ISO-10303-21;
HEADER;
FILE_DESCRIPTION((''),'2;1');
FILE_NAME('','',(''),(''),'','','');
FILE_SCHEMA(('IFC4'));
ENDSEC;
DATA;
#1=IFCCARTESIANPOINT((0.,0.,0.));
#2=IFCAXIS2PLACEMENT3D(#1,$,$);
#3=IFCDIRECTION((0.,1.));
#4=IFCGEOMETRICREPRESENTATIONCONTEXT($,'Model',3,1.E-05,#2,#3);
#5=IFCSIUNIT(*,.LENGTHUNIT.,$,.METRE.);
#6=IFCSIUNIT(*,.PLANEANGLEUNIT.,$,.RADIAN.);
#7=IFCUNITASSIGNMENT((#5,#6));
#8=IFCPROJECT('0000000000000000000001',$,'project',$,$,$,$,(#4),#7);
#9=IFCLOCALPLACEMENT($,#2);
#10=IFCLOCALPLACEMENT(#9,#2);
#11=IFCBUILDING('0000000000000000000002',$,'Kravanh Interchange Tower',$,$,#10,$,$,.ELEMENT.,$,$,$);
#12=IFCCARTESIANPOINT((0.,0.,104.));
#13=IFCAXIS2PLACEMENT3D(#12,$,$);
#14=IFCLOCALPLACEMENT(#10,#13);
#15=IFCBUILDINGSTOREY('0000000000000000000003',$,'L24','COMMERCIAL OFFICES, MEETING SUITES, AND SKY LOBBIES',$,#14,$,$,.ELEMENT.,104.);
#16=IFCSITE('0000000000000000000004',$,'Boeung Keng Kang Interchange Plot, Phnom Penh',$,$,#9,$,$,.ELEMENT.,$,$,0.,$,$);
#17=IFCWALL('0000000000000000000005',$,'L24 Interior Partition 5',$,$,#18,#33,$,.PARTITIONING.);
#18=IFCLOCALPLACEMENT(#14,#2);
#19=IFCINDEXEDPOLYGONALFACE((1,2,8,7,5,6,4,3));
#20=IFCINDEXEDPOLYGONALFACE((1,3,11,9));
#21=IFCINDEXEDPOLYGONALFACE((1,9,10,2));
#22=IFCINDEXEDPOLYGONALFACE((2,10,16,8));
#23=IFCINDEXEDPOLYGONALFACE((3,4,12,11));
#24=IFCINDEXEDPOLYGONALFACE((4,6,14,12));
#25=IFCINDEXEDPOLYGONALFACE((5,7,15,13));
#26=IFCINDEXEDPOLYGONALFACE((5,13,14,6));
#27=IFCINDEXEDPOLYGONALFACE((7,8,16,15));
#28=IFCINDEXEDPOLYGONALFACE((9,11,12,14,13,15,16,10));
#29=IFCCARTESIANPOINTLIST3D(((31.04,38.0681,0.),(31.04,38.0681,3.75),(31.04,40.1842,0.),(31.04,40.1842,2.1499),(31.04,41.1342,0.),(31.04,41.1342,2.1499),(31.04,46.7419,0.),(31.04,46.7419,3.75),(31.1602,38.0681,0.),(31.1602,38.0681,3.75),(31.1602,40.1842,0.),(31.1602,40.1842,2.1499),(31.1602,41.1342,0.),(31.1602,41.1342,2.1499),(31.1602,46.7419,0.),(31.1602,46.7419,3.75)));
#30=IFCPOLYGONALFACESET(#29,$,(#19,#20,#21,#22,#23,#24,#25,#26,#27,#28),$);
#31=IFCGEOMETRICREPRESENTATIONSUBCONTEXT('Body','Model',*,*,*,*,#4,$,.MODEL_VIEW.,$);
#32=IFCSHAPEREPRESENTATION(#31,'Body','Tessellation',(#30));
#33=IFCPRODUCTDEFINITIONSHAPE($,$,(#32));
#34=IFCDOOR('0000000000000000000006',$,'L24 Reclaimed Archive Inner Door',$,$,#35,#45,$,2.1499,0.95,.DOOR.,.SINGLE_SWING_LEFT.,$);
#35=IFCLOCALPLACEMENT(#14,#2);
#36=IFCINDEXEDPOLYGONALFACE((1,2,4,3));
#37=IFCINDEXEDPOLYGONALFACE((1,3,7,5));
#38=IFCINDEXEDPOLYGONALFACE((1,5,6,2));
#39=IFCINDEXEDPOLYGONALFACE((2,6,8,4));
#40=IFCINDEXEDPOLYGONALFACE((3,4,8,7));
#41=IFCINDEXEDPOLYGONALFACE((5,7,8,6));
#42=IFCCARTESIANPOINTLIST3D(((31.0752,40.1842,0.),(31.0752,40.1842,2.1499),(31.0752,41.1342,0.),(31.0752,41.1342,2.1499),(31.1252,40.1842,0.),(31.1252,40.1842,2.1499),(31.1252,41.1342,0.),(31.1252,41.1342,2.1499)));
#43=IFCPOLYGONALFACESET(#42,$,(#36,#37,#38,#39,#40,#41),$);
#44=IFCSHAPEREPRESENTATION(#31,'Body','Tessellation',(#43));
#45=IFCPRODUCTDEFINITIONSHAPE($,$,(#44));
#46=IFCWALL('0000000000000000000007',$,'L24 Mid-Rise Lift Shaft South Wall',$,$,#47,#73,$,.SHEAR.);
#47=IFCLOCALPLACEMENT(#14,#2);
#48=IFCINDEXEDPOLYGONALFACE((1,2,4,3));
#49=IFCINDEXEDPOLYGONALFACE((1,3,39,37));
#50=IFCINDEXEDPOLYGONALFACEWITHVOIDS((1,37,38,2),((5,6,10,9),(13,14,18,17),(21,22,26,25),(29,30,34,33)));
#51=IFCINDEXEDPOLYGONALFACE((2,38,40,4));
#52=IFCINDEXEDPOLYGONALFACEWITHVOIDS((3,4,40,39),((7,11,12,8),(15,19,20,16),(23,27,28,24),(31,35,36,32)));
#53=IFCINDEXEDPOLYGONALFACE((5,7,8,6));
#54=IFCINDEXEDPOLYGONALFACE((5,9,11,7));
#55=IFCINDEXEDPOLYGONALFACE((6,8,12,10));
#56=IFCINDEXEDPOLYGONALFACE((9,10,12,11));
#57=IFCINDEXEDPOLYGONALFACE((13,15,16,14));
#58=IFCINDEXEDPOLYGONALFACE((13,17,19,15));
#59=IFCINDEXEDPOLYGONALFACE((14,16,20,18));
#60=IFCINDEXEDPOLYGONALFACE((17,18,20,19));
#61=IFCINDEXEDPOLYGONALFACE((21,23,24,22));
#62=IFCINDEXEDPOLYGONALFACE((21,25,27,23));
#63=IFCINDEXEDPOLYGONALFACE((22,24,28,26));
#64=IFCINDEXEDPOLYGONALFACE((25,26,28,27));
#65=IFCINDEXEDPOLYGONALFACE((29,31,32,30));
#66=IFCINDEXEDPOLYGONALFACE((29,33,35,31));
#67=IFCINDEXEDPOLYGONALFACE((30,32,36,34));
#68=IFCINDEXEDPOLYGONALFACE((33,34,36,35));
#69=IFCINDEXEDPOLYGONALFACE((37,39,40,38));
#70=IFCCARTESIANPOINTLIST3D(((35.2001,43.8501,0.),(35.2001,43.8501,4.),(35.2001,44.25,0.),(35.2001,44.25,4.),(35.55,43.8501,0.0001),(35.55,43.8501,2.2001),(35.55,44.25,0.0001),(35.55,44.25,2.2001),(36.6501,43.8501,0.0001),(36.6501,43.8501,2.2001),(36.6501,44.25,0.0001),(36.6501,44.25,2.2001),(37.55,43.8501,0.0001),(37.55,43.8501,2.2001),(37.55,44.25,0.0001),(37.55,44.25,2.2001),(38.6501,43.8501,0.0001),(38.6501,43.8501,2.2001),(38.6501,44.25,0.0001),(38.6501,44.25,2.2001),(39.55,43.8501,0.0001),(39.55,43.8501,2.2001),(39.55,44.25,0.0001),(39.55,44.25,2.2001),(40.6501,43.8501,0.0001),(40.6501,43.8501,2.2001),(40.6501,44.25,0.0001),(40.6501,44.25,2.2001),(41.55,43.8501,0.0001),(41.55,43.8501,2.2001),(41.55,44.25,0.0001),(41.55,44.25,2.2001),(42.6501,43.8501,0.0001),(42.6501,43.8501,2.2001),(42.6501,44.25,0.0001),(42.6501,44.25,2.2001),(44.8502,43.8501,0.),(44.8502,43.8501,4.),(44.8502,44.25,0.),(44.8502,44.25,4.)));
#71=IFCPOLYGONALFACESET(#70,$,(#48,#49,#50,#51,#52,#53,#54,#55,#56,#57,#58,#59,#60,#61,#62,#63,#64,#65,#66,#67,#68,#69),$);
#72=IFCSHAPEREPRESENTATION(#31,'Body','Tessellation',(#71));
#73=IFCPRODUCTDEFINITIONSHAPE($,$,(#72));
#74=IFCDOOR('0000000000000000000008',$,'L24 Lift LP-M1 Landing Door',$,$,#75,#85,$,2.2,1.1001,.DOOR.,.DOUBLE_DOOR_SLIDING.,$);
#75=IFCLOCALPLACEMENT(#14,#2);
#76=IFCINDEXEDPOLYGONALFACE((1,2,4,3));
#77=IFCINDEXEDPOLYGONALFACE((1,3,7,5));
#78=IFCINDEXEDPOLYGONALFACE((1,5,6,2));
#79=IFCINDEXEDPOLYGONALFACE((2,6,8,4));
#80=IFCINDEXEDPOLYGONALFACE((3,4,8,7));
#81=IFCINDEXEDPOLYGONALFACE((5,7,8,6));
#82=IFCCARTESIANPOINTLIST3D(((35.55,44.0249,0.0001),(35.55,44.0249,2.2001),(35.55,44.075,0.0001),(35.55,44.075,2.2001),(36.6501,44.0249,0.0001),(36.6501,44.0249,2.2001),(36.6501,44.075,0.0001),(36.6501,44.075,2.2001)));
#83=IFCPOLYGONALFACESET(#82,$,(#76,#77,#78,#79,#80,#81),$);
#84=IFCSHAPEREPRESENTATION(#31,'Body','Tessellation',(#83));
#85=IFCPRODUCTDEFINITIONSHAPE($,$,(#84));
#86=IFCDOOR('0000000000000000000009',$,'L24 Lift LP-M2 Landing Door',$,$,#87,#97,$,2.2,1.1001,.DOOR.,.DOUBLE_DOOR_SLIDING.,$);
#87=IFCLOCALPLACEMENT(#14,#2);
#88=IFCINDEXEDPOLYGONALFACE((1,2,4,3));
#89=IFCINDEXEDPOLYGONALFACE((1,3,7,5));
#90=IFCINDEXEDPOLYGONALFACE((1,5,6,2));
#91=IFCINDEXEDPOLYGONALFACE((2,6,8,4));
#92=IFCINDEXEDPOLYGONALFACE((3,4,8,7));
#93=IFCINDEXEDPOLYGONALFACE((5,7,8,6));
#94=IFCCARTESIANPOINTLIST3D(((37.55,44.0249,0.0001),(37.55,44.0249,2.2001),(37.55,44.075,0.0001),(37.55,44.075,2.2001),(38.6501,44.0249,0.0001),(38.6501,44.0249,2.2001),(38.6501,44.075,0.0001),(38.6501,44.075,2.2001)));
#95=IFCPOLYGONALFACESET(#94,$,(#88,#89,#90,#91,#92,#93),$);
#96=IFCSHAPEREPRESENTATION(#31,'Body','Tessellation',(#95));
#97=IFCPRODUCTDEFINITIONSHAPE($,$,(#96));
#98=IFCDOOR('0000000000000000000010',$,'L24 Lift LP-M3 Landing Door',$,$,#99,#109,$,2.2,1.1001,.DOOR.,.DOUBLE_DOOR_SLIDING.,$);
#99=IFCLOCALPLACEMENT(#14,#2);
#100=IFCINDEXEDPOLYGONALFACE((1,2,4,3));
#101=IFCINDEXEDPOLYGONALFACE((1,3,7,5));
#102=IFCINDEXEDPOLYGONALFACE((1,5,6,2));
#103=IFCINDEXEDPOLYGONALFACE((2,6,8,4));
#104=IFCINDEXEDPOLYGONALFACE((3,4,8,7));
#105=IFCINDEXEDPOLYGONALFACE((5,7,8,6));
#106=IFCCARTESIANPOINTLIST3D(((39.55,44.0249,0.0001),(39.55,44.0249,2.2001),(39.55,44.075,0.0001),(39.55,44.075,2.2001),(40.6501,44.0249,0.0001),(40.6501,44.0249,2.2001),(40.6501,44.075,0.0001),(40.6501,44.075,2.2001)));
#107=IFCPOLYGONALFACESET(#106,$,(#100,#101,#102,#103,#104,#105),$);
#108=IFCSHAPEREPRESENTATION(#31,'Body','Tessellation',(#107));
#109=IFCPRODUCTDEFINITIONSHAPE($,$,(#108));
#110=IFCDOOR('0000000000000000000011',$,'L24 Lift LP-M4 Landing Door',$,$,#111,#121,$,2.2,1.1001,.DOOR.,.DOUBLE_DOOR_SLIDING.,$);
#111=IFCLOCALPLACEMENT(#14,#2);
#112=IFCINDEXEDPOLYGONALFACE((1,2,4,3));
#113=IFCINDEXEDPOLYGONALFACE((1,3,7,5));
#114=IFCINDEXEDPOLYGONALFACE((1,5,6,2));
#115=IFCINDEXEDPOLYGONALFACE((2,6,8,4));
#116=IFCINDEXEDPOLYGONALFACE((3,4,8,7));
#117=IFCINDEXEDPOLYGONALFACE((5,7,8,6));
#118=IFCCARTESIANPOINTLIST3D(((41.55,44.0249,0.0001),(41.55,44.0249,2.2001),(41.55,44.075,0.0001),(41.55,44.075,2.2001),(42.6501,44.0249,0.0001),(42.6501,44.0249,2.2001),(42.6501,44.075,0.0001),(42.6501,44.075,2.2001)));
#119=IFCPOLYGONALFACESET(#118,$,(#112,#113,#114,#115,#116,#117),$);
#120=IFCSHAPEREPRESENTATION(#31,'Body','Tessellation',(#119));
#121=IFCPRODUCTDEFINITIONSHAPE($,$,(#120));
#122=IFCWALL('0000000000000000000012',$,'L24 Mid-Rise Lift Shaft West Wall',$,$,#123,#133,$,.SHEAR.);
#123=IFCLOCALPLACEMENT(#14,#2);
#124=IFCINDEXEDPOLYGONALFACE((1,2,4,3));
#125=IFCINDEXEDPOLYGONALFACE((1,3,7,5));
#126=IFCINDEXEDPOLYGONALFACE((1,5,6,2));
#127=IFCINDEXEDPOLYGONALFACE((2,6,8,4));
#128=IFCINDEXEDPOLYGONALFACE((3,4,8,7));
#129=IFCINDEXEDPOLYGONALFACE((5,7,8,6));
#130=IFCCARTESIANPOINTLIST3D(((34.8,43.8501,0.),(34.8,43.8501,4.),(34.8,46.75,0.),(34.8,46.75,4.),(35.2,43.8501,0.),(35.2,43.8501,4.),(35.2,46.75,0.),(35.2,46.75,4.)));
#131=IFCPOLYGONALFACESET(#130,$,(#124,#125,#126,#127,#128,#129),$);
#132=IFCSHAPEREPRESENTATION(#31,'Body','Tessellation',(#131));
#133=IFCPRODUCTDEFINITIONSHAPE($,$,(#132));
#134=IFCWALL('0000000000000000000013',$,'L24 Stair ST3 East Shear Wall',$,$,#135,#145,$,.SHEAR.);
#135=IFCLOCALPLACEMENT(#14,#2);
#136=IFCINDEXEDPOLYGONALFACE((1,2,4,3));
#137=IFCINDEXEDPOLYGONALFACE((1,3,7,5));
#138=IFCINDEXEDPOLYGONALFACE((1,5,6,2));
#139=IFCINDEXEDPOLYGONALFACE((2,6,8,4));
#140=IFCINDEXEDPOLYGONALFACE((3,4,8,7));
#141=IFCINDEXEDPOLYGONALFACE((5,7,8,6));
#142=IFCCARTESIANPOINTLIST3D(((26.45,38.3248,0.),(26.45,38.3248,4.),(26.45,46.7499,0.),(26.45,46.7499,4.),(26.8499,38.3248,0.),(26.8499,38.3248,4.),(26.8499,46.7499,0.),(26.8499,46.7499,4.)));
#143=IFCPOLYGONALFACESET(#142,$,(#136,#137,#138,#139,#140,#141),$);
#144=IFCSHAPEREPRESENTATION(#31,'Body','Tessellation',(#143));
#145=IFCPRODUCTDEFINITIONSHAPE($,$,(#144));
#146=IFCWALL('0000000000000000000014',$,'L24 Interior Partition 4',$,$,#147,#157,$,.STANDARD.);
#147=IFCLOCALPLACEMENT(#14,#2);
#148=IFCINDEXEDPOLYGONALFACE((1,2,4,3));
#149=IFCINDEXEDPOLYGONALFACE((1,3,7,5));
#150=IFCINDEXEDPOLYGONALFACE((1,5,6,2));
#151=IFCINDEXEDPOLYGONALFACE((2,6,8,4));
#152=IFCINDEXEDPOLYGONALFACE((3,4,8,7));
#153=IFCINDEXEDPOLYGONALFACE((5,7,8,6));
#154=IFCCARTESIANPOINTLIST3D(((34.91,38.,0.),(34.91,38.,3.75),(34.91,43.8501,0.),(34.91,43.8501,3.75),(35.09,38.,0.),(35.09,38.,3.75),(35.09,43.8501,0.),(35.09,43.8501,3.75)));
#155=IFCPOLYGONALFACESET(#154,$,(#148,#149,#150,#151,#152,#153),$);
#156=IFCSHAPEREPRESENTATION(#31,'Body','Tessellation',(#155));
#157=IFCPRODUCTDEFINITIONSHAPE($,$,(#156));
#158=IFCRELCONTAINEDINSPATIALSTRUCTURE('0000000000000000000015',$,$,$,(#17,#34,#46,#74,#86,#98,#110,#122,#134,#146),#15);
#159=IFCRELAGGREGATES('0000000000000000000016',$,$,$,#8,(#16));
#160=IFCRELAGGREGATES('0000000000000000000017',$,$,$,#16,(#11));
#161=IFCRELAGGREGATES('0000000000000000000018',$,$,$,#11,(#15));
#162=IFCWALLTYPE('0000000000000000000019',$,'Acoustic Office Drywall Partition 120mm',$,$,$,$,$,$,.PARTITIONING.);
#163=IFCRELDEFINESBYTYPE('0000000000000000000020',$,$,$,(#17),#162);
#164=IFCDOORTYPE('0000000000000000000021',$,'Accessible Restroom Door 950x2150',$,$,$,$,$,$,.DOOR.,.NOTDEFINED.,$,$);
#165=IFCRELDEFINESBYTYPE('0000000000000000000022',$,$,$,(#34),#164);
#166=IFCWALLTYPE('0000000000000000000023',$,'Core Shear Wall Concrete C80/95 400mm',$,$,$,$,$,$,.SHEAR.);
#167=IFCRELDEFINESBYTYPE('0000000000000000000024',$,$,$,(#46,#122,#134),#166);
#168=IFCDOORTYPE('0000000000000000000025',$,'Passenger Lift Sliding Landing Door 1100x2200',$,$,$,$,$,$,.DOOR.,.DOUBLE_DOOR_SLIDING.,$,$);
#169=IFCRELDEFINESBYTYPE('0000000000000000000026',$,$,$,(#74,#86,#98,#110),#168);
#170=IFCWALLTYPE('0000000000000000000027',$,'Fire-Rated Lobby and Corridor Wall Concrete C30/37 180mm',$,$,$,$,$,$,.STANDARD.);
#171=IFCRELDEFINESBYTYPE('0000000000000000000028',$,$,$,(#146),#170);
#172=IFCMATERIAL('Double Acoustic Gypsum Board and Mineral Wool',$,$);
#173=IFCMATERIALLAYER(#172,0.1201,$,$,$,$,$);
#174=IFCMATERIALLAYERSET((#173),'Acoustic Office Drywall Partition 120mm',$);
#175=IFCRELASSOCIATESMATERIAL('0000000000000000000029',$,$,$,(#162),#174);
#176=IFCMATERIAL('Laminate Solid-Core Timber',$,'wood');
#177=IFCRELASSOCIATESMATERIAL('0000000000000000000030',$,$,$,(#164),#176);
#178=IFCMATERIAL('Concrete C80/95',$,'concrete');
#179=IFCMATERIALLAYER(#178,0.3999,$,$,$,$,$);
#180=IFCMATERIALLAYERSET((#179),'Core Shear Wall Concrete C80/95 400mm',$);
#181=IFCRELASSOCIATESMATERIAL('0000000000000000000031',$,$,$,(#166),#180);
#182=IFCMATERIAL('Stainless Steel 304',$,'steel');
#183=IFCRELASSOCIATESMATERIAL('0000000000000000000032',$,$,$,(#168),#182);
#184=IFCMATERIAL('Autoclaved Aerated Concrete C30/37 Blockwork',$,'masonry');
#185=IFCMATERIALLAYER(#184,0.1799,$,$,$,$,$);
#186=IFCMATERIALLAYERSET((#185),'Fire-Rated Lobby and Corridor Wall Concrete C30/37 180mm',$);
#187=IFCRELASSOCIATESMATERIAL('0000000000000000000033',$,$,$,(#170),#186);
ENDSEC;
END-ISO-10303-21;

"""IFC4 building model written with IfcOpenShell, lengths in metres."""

from ifc_helpers import new_model, si_unit, direction, frame, frame_2d, origin, place, context, subcontext, project, spatial, rectangle, extrude, material, layer, layer_set, type_object, element, fill, save


model = new_model("IFC4")

# Units and contexts
model_context = context("Model", 3, precision=1e-05, world=origin(), true_north=direction((0.0, 1.0)))
body_context = subcontext(model_context, "Body", "Model", "MODEL_VIEW")
ifc_project = project(units=[si_unit("LENGTHUNIT", "METRE"), si_unit("PLANEANGLEUNIT", "RADIAN")], contexts=[model_context])

# Site, building, storey
site_placement = place(None, origin())
site = spatial("IfcSite", under=ifc_project, at=site_placement, Name="Boeung Keng Kang Interchange Plot, Phnom Penh", CompositionType="ELEMENT", RefElevation=0.0)
building_placement = place(site_placement, origin())
building = spatial("IfcBuilding", under=site, at=building_placement, Name="Kravanh Interchange Tower", CompositionType="ELEMENT")
storey_placement = place(building_placement, frame((0.0, 0.0, 104.0)))
storey = spatial("IfcBuildingStorey", under=building, at=storey_placement, Name="L24", Description="COMMERCIAL OFFICES, MEETING SUITES, AND SKY LOBBIES", CompositionType="ELEMENT", Elevation=104.0)

# Wall, opening, door
ifc_material_1 = material(Name="Double Acoustic Gypsum Board and Mineral Wool")
ifc_layer_1 = layer(ifc_material_1, 0.1201)
ifc_layer_set_1 = layer_set([ifc_layer_1], Name="Acoustic Office Drywall Partition 120mm")
wall_type_1 = type_object("IfcWallType", Name="Acoustic Office Drywall Partition 120mm", PredefinedType="PARTITIONING", material=ifc_layer_set_1)
wall_1_placement = place(storey_placement, frame((31.1001, 38.0681, 0.0), z_axis=(0.0, 0.0, 1.0), x_axis=(0.0, 1.0, 0.0)))
wall_1 = element("IfcWall", 1, at=wall_1_placement, inside=storey, type_object=wall_type_1, Name="L24 Interior Partition 5", PredefinedType="PARTITIONING", context=body_context, shape_type="SweptSolid", body=[
    extrude(rectangle(XDim=8.6738, YDim=0.1201, at=frame_2d((4.3369, 0.0))), origin(), (0.0, 0.0, 1.0), 3.75),
])
opening_1_placement = place(wall_1_placement, frame((2.116, 0.0, 0.0)))
opening_1 = element("IfcOpeningElement", 2, at=opening_1_placement, cuts=wall_1, PredefinedType="OPENING", context=body_context, shape_type="SweptSolid", body=[
    extrude(rectangle(XDim=0.95, YDim=2.1499, at=frame_2d((0.4751, 1.075))), frame((0.0, 0.0701, 0.0), z_axis=(0.0, -1.0, 0.0), x_axis=(1.0, 0.0, 0.0)), (0.0, 0.0, 1.0), 0.1401),
])
ifc_material_2 = material(Name="Laminate Solid-Core Timber", Category="wood")
door_type_1 = type_object("IfcDoorType", Name="Accessible Restroom Door 950x2150", OperationType="NOTDEFINED", PredefinedType="DOOR", material=ifc_material_2)
door_1_placement = place(opening_1_placement, origin())
door_1 = element("IfcDoor", 3, at=door_1_placement, inside=storey, type_object=door_type_1, Name="L24 Reclaimed Archive Inner Door", OperationType="SINGLE_SWING_LEFT", OverallHeight=2.1499, OverallWidth=0.95, PredefinedType="DOOR", context=body_context, shape_type="SweptSolid", body=[
    extrude(rectangle(XDim=0.95, YDim=2.1499, at=frame_2d((0.4751, 1.075))), frame((0.0, 0.0249, 0.0), z_axis=(0.0, -1.0, 0.0), x_axis=(1.0, 0.0, 0.0)), (0.0, 0.0, 1.0), 0.05),
])
fill(opening_1, door_1)

# Wall, openings, doors
ifc_material_3 = material(Name="Concrete C80/95", Category="concrete")
ifc_layer_2 = layer(ifc_material_3, 0.3999)
ifc_layer_set_2 = layer_set([ifc_layer_2], Name="Core Shear Wall Concrete C80/95 400mm")
wall_type_2 = type_object("IfcWallType", Name="Core Shear Wall Concrete C80/95 400mm", PredefinedType="SHEAR", material=ifc_layer_set_2)
wall_2_placement = place(storey_placement, frame((35.2, 44.05, 0.0), z_axis=(0.0, 0.0, 1.0), x_axis=(1.0, 0.0, 0.0)))
wall_2 = element("IfcWall", 4, at=wall_2_placement, inside=storey, type_object=wall_type_2, Name="L24 Mid-Rise Lift Shaft South Wall", PredefinedType="SHEAR", context=body_context, shape_type="SweptSolid", body=[
    extrude(rectangle(XDim=9.6501, YDim=0.3999, at=frame_2d((4.8252, 0.0))), origin(), (0.0, 0.0, 1.0), 4.0),
])
opening_2_placement = place(wall_2_placement, frame((0.3501, 0.0, 0.0)))
opening_2 = element("IfcOpeningElement", 5, at=opening_2_placement, cuts=wall_2, PredefinedType="OPENING", context=body_context, shape_type="SweptSolid", body=[
    extrude(rectangle(XDim=1.1001, YDim=2.2, at=frame_2d((0.55, 1.1001))), frame((0.0, 0.21, 0.0), z_axis=(0.0, -1.0, 0.0), x_axis=(1.0, 0.0, 0.0)), (0.0, 0.0, 1.0), 0.4199),
])
opening_3_placement = place(wall_2_placement, frame((2.3501, 0.0, 0.0)))
opening_3 = element("IfcOpeningElement", 6, at=opening_3_placement, cuts=wall_2, PredefinedType="OPENING", context=body_context, shape_type="SweptSolid", body=[
    extrude(rectangle(XDim=1.1001, YDim=2.2, at=frame_2d((0.55, 1.1001))), frame((0.0, 0.21, 0.0), z_axis=(0.0, -1.0, 0.0), x_axis=(1.0, 0.0, 0.0)), (0.0, 0.0, 1.0), 0.4199),
])
opening_4_placement = place(wall_2_placement, frame((4.3501, 0.0, 0.0)))
opening_4 = element("IfcOpeningElement", 7, at=opening_4_placement, cuts=wall_2, PredefinedType="OPENING", context=body_context, shape_type="SweptSolid", body=[
    extrude(rectangle(XDim=1.1001, YDim=2.2, at=frame_2d((0.55, 1.1001))), frame((0.0, 0.21, 0.0), z_axis=(0.0, -1.0, 0.0), x_axis=(1.0, 0.0, 0.0)), (0.0, 0.0, 1.0), 0.4199),
])
opening_5_placement = place(wall_2_placement, frame((6.3501, 0.0, 0.0)))
opening_5 = element("IfcOpeningElement", 8, at=opening_5_placement, cuts=wall_2, PredefinedType="OPENING", context=body_context, shape_type="SweptSolid", body=[
    extrude(rectangle(XDim=1.1001, YDim=2.2, at=frame_2d((0.55, 1.1001))), frame((0.0, 0.21, 0.0), z_axis=(0.0, -1.0, 0.0), x_axis=(1.0, 0.0, 0.0)), (0.0, 0.0, 1.0), 0.4199),
])
ifc_material_4 = material(Name="Stainless Steel 304", Category="steel")
door_type_2 = type_object("IfcDoorType", Name="Passenger Lift Sliding Landing Door 1100x2200", OperationType="DOUBLE_DOOR_SLIDING", PredefinedType="DOOR", material=ifc_material_4)
door_2_placement = place(opening_2_placement, origin())
door_2 = element("IfcDoor", 9, at=door_2_placement, inside=storey, type_object=door_type_2, Name="L24 Lift LP-M1 Landing Door", OperationType="DOUBLE_DOOR_SLIDING", OverallHeight=2.2, OverallWidth=1.1001, PredefinedType="DOOR", context=body_context, shape_type="SweptSolid", body=[
    extrude(rectangle(XDim=1.1001, YDim=2.2, at=frame_2d((0.55, 1.1001))), frame((0.0, 0.0249, 0.0), z_axis=(0.0, -1.0, 0.0), x_axis=(1.0, 0.0, 0.0)), (0.0, 0.0, 1.0), 0.05),
])
fill(opening_2, door_2)
door_3_placement = place(opening_3_placement, origin())
door_3 = element("IfcDoor", 10, at=door_3_placement, inside=storey, type_object=door_type_2, Name="L24 Lift LP-M2 Landing Door", OperationType="DOUBLE_DOOR_SLIDING", OverallHeight=2.2, OverallWidth=1.1001, PredefinedType="DOOR", context=body_context, shape_type="SweptSolid", body=[
    extrude(rectangle(XDim=1.1001, YDim=2.2, at=frame_2d((0.55, 1.1001))), frame((0.0, 0.0249, 0.0), z_axis=(0.0, -1.0, 0.0), x_axis=(1.0, 0.0, 0.0)), (0.0, 0.0, 1.0), 0.05),
])
fill(opening_3, door_3)
door_4_placement = place(opening_4_placement, origin())
door_4 = element("IfcDoor", 11, at=door_4_placement, inside=storey, type_object=door_type_2, Name="L24 Lift LP-M3 Landing Door", OperationType="DOUBLE_DOOR_SLIDING", OverallHeight=2.2, OverallWidth=1.1001, PredefinedType="DOOR", context=body_context, shape_type="SweptSolid", body=[
    extrude(rectangle(XDim=1.1001, YDim=2.2, at=frame_2d((0.55, 1.1001))), frame((0.0, 0.0249, 0.0), z_axis=(0.0, -1.0, 0.0), x_axis=(1.0, 0.0, 0.0)), (0.0, 0.0, 1.0), 0.05),
])
fill(opening_4, door_4)
door_5_placement = place(opening_5_placement, origin())
door_5 = element("IfcDoor", 12, at=door_5_placement, inside=storey, type_object=door_type_2, Name="L24 Lift LP-M4 Landing Door", OperationType="DOUBLE_DOOR_SLIDING", OverallHeight=2.2, OverallWidth=1.1001, PredefinedType="DOOR", context=body_context, shape_type="SweptSolid", body=[
    extrude(rectangle(XDim=1.1001, YDim=2.2, at=frame_2d((0.55, 1.1001))), frame((0.0, 0.0249, 0.0), z_axis=(0.0, -1.0, 0.0), x_axis=(1.0, 0.0, 0.0)), (0.0, 0.0, 1.0), 0.05),
])
fill(opening_5, door_5)

# Walls
wall_3_placement = place(storey_placement, frame((35.0, 43.8501, 0.0), z_axis=(0.0, 0.0, 1.0), x_axis=(0.0, 1.0, 0.0)))
element("IfcWall", 13, at=wall_3_placement, inside=storey, type_object=wall_type_2, Name="L24 Mid-Rise Lift Shaft West Wall", PredefinedType="SHEAR", context=body_context, shape_type="SweptSolid", body=[
    extrude(rectangle(XDim=2.8999, YDim=0.3999, at=frame_2d((1.45, 0.0))), origin(), (0.0, 0.0, 1.0), 4.0),
])
wall_4_placement = place(storey_placement, frame((26.6499, 38.325, 0.0), z_axis=(0.0, 0.0, 1.0), x_axis=(0.0, 1.0, 0.0)))
element("IfcWall", 14, at=wall_4_placement, inside=storey, type_object=wall_type_2, Name="L24 Stair ST3 East Shear Wall", PredefinedType="SHEAR", context=body_context, shape_type="SweptSolid", body=[
    extrude(rectangle(XDim=8.425, YDim=0.3999, at=frame_2d((4.2124, 0.0))), origin(), (0.0, 0.0, 1.0), 4.0),
])
ifc_material_5 = material(Name="Autoclaved Aerated Concrete C30/37 Blockwork", Category="masonry")
ifc_layer_3 = layer(ifc_material_5, 0.1799)
ifc_layer_set_3 = layer_set([ifc_layer_3], Name="Fire-Rated Lobby and Corridor Wall Concrete C30/37 180mm")
wall_type_3 = type_object("IfcWallType", Name="Fire-Rated Lobby and Corridor Wall Concrete C30/37 180mm", PredefinedType="STANDARD", material=ifc_layer_set_3)
wall_5_placement = place(storey_placement, frame((35.0, 38.0, 0.0), z_axis=(0.0, 0.0, 1.0), x_axis=(0.0, 1.0, 0.0)))
element("IfcWall", 15, at=wall_5_placement, inside=storey, type_object=wall_type_3, Name="L24 Interior Partition 4", PredefinedType="STANDARD", context=body_context, shape_type="SweptSolid", body=[
    extrude(rectangle(XDim=5.8501, YDim=0.1799, at=frame_2d((2.925, 0.0))), origin(), (0.0, 0.0, 1.0), 3.75),
])

save(model, "model.ifc")
